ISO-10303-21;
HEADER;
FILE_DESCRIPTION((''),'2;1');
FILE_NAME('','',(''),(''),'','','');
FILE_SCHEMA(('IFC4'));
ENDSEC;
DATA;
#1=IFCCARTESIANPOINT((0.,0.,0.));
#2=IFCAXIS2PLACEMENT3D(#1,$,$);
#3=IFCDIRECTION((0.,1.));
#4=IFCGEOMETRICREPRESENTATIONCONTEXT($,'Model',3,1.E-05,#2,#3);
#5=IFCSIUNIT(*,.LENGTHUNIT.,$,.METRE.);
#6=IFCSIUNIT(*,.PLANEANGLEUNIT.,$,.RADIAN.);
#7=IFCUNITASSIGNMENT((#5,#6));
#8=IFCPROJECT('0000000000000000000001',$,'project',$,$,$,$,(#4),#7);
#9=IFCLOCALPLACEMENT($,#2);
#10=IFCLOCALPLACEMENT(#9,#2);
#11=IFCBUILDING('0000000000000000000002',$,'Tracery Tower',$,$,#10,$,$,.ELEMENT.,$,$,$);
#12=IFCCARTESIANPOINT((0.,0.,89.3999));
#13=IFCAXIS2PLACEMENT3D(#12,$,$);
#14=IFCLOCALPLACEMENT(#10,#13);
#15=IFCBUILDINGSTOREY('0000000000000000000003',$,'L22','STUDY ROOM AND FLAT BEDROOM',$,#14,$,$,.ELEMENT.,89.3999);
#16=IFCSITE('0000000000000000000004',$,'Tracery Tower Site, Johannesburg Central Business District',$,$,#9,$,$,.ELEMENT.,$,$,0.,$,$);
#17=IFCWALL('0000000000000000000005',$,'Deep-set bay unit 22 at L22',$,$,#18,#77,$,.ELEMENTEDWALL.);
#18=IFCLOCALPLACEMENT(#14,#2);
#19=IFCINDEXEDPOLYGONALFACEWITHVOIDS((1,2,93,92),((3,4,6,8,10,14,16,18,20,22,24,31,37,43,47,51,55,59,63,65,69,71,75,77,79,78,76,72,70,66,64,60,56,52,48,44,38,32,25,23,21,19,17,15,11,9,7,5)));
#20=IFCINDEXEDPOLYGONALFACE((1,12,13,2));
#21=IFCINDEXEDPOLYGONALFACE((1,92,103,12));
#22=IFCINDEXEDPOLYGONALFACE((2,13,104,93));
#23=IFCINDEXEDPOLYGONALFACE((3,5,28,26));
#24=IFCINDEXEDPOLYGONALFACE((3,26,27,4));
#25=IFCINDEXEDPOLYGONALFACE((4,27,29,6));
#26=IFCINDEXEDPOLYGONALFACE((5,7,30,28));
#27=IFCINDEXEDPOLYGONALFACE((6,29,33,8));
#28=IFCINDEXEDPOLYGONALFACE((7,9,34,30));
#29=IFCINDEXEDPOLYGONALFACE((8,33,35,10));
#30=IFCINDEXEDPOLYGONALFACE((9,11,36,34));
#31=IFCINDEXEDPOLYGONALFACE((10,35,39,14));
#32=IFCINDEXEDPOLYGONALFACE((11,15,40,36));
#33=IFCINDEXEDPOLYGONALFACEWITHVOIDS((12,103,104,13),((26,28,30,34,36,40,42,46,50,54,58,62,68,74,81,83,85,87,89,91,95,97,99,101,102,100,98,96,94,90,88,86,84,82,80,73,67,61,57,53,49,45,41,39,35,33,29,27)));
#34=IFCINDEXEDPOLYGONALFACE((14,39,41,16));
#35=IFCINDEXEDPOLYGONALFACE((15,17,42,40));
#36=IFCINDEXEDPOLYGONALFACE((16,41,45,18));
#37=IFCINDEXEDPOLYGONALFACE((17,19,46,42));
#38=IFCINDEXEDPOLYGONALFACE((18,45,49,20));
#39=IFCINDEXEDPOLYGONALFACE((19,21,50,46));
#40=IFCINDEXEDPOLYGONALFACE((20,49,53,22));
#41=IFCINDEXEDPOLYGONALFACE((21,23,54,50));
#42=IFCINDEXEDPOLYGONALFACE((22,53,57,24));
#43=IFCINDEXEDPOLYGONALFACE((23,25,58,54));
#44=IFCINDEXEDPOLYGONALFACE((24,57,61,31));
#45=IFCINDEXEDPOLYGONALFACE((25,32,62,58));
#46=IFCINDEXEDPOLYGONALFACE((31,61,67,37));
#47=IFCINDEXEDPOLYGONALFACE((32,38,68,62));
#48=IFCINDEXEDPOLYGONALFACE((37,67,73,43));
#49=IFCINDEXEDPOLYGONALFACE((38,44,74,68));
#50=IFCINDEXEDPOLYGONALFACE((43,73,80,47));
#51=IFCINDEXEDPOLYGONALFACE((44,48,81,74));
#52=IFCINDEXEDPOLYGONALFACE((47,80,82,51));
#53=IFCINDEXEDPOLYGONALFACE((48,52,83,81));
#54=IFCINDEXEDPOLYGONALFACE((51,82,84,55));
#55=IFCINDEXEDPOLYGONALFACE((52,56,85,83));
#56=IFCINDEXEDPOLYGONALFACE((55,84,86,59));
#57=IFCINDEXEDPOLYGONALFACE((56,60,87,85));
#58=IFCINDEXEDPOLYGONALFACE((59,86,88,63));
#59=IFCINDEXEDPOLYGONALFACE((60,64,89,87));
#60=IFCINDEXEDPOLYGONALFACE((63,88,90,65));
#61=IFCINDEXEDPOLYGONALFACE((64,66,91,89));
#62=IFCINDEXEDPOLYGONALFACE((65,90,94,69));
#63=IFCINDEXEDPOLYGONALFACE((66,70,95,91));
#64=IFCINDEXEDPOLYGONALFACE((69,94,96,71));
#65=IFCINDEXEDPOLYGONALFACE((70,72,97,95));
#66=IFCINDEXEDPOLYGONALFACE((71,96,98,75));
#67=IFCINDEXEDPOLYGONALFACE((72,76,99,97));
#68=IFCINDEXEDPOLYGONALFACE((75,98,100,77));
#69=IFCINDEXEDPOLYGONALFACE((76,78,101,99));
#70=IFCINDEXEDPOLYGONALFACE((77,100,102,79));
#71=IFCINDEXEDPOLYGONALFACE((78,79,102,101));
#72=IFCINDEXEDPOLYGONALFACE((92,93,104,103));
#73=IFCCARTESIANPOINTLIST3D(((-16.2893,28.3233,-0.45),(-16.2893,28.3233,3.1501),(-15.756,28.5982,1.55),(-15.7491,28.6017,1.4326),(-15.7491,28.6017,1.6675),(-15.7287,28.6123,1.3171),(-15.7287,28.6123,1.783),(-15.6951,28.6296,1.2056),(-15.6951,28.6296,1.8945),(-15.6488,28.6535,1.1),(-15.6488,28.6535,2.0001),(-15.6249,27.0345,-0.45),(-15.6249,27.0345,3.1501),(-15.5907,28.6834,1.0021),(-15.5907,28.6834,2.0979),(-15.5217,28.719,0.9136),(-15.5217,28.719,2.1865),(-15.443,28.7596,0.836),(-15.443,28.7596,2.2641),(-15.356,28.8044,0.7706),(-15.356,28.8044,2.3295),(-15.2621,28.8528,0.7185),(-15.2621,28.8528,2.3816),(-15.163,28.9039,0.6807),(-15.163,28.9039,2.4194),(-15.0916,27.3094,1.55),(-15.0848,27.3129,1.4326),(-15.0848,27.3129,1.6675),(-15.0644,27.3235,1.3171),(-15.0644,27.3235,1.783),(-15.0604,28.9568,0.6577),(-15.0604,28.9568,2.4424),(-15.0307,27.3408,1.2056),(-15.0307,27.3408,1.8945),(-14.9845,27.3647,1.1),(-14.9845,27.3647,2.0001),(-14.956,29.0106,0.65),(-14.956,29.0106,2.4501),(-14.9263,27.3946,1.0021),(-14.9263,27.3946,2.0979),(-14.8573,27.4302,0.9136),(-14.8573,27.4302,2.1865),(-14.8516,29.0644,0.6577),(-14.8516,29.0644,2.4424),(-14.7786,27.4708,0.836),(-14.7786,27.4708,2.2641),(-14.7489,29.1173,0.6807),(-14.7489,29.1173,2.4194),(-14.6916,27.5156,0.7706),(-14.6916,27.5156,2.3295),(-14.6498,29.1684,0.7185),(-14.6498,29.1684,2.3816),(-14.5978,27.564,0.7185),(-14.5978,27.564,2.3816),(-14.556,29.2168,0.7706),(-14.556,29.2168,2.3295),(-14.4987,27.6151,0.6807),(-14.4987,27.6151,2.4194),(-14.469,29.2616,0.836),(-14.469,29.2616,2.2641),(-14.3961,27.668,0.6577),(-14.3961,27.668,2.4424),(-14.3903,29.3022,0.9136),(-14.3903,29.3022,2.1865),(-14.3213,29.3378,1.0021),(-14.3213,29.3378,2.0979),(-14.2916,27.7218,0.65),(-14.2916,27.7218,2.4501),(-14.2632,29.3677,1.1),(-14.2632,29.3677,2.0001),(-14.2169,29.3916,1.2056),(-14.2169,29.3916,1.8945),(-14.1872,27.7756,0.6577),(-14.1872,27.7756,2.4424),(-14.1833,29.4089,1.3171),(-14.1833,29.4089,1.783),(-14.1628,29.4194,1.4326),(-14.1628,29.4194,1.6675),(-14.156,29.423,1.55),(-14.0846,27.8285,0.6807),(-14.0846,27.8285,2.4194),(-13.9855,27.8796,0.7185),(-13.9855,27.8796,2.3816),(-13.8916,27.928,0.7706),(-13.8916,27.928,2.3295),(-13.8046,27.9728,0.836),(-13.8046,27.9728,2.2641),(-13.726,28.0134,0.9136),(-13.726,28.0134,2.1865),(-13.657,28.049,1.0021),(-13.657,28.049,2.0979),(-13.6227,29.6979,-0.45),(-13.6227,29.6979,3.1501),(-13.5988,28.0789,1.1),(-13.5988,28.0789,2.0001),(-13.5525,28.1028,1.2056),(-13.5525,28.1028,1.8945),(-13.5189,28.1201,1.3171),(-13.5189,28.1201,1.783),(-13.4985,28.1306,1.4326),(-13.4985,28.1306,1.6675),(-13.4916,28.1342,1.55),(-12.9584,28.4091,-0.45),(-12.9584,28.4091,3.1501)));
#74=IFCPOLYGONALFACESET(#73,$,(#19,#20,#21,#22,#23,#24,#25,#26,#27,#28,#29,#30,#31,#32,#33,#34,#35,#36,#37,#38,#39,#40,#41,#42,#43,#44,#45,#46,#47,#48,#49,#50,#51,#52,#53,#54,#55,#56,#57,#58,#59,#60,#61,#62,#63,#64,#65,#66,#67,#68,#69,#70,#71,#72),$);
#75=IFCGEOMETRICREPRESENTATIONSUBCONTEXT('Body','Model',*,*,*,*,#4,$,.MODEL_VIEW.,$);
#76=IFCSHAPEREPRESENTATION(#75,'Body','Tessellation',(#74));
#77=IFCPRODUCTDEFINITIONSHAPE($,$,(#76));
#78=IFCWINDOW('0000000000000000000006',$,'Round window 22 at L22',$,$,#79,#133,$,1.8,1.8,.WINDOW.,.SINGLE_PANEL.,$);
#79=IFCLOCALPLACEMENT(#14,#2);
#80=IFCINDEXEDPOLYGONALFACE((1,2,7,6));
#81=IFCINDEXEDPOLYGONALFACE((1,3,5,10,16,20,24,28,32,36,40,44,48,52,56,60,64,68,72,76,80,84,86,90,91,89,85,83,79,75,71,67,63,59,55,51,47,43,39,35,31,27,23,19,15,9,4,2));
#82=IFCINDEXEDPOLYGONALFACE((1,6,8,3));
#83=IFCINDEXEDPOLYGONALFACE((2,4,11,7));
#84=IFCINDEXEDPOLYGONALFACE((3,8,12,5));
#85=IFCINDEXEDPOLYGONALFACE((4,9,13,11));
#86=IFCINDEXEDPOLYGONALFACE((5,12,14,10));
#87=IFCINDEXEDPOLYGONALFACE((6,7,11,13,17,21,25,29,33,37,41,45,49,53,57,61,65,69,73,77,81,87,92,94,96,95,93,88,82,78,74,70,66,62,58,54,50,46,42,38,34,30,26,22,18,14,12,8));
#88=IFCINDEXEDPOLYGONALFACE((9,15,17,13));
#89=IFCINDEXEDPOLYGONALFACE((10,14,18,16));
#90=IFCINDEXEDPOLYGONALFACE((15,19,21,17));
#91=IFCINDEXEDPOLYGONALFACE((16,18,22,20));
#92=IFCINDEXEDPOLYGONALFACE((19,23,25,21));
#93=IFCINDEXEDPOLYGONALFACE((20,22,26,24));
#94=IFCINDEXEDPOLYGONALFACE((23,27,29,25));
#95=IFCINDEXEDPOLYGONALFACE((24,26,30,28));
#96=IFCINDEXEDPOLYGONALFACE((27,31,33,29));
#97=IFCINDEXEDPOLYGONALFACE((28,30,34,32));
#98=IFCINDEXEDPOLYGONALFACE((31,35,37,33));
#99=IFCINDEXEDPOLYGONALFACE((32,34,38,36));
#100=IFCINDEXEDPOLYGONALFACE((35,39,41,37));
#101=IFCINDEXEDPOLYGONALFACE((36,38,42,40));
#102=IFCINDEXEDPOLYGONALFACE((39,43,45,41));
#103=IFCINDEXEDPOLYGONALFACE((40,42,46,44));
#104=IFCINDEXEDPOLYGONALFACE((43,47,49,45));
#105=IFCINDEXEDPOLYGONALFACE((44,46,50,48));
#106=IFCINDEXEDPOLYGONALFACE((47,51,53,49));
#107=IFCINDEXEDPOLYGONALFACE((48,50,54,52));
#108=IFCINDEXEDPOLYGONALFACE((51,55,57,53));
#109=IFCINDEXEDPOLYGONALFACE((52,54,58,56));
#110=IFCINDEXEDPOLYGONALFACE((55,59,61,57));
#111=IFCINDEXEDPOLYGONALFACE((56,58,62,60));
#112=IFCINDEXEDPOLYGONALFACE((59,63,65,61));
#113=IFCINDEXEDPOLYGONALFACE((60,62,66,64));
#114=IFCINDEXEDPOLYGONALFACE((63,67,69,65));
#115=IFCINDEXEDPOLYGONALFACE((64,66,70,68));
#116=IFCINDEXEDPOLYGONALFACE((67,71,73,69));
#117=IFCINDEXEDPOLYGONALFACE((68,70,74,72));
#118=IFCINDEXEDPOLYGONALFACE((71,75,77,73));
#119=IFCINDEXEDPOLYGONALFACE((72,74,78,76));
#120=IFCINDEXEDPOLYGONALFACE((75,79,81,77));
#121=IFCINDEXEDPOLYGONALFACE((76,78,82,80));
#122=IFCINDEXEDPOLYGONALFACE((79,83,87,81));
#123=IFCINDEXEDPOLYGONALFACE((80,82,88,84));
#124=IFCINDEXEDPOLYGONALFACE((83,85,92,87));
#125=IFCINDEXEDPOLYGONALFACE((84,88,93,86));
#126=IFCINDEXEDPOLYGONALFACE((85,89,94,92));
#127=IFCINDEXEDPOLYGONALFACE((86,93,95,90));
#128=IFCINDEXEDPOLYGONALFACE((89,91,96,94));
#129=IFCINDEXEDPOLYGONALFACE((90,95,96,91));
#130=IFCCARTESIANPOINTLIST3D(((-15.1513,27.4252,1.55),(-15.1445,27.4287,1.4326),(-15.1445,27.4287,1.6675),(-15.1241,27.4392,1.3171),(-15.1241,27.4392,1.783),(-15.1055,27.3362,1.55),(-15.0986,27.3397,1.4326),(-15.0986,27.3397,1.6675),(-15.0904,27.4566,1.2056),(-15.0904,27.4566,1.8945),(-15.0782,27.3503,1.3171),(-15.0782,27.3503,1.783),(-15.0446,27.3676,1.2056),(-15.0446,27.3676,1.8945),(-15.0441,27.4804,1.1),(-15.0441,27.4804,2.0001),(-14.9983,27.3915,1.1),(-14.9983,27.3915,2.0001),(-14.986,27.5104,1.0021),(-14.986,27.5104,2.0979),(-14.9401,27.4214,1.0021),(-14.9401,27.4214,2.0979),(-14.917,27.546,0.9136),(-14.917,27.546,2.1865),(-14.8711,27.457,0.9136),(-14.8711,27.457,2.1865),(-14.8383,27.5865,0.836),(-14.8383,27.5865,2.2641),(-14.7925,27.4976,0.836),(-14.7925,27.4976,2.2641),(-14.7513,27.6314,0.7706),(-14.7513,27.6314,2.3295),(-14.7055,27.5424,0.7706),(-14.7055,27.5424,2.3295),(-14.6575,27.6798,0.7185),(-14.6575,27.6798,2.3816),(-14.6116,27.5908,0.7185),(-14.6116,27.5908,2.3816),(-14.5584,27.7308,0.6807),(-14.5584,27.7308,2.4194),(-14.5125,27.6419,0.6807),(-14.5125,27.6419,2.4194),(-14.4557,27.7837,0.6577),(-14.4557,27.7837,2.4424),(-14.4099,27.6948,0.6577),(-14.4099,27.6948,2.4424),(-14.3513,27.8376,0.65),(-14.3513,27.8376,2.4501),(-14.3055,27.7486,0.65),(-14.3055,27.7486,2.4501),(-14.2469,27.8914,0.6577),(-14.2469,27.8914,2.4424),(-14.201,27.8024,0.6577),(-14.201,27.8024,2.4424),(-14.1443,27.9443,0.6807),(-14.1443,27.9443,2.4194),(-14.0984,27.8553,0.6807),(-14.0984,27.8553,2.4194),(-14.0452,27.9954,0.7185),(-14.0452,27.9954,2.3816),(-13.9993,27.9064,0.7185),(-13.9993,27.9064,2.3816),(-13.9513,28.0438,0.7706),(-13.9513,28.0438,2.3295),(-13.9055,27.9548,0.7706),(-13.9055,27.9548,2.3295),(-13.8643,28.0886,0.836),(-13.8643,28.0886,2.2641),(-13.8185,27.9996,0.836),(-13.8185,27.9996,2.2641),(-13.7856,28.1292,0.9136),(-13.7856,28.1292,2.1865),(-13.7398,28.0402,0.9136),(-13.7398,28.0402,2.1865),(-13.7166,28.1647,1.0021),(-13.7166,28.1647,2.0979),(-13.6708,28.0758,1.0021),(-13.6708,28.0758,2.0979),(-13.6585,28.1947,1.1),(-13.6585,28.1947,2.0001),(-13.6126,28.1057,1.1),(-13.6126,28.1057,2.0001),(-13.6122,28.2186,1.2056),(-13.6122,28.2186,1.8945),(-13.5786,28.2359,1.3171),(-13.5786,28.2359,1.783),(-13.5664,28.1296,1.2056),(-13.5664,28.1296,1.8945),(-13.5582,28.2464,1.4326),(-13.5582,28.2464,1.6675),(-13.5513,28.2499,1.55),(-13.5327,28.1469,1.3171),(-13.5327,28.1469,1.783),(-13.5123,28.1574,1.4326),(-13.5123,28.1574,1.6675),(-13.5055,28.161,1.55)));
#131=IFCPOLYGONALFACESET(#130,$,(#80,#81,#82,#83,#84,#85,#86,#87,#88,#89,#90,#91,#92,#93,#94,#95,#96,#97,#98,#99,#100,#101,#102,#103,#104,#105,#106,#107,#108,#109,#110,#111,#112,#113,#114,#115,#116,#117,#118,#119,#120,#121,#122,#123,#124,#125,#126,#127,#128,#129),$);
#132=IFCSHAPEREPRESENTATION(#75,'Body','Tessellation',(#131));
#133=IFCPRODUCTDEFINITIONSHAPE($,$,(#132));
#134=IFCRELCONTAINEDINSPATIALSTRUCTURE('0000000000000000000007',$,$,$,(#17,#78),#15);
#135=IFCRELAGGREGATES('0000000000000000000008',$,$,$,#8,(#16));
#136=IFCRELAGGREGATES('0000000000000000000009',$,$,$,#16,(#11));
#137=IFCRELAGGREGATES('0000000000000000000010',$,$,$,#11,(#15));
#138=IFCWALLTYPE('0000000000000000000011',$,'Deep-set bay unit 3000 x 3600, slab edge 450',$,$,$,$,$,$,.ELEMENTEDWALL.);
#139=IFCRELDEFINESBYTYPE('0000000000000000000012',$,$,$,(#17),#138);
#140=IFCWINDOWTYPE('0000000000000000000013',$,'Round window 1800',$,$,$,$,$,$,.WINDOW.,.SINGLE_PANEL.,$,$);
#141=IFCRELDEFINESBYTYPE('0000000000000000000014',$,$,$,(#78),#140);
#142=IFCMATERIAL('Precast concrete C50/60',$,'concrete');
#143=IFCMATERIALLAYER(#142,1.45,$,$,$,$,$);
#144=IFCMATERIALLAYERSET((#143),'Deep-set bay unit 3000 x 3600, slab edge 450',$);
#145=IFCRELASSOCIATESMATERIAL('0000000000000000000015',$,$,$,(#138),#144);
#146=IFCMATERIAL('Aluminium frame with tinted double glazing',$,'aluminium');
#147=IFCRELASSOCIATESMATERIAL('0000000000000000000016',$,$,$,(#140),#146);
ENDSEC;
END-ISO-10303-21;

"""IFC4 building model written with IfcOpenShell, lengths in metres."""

from ifc_helpers import new_model, si_unit, direction, frame, frame_2d, origin, origin_2d, place, context, subcontext, project, spatial, rectangle, circle, extrude, material, layer, layer_set, type_object, element, fill, save


model = new_model("IFC4")

# Units and contexts
model_context = context("Model", 3, precision=1e-05, world=origin(), true_north=direction((0.0, 1.0)))
body_context = subcontext(model_context, "Body", "Model", "MODEL_VIEW")
ifc_project = project(units=[si_unit("LENGTHUNIT", "METRE"), si_unit("PLANEANGLEUNIT", "RADIAN")], contexts=[model_context])

# Site, building, storey
site_placement = place(None, origin())
site = spatial("IfcSite", under=ifc_project, at=site_placement, Name="Tracery Tower Site, Johannesburg Central Business District", CompositionType="ELEMENT", RefElevation=0.0)
building_placement = place(site_placement, origin())
building = spatial("IfcBuilding", under=site, at=building_placement, Name="Tracery Tower", CompositionType="ELEMENT")
storey_placement = place(building_placement, frame((0.0, 0.0, 89.3999)))
storey = spatial("IfcBuildingStorey", under=building, at=storey_placement, Name="L22", Description="STUDY ROOM AND FLAT BEDROOM", CompositionType="ELEMENT", Elevation=89.3999)

# Wall, opening, window
ifc_material_1 = material(Name="Precast concrete C50/60", Category="concrete")
ifc_layer_1 = layer(ifc_material_1, 1.45)
ifc_layer_set_1 = layer_set([ifc_layer_1], Name="Deep-set bay unit 3000 x 3600, slab edge 450")
wall_type_1 = type_object("IfcWallType", Name="Deep-set bay unit 3000 x 3600, slab edge 450", PredefinedType="ELEMENTEDWALL", material=ifc_layer_set_1)
ifc_material_2 = material(Name="Aluminium frame with tinted double glazing", Category="aluminium")
window_type = type_object("IfcWindowType", Name="Round window 1800", PartitioningType="SINGLE_PANEL", PredefinedType="WINDOW", material=ifc_material_2)
wall_1_placement = place(storey_placement, frame((-13.2905, 29.0535, -0.45), z_axis=(0.0, 0.0, 1.0), x_axis=(-0.888858, -0.458183, 0.0)))
wall_1 = element("IfcWall", 1, at=wall_1_placement, inside=storey, type_object=wall_type_1, Name="Deep-set bay unit 22 at L22", PredefinedType="ELEMENTEDWALL", context=body_context, shape_type="SweptSolid", body=[
    extrude(rectangle(XDim=3.0, YDim=1.45, at=frame_2d((1.5, 0.0))), origin(), (0.0, 0.0, 1.0), 3.6001),
])
opening_1_placement = place(wall_1_placement, frame((1.5, 0.0, 2.0)))
opening_1 = element("IfcOpeningElement", 2, at=opening_1_placement, cuts=wall_1, PredefinedType="OPENING", context=body_context, shape_type="SweptSolid", body=[
    extrude(circle(Radius=0.9, at=origin_2d()), frame((0.0, 0.7349, 0.0), z_axis=(0.0, -1.0, 0.0), x_axis=(1.0, 0.0, 0.0)), (0.0, 0.0, 1.0), 1.47),
])
window_1_placement = place(opening_1_placement, origin())
window_1 = element("IfcWindow", 3, at=window_1_placement, inside=storey, type_object=window_type, Name="Round window 22 at L22", OverallHeight=1.8, OverallWidth=1.8, PartitioningType="SINGLE_PANEL", PredefinedType="WINDOW", context=body_context, shape_type="SweptSolid", body=[
    extrude(circle(Radius=0.9, at=origin_2d()), frame((0.0, 0.6948, 0.0), z_axis=(0.0, -1.0, 0.0), x_axis=(1.0, 0.0, 0.0)), (0.0, 0.0, 1.0), 0.1001),
])
fill(opening_1, window_1)

save(model, "model.ifc")
